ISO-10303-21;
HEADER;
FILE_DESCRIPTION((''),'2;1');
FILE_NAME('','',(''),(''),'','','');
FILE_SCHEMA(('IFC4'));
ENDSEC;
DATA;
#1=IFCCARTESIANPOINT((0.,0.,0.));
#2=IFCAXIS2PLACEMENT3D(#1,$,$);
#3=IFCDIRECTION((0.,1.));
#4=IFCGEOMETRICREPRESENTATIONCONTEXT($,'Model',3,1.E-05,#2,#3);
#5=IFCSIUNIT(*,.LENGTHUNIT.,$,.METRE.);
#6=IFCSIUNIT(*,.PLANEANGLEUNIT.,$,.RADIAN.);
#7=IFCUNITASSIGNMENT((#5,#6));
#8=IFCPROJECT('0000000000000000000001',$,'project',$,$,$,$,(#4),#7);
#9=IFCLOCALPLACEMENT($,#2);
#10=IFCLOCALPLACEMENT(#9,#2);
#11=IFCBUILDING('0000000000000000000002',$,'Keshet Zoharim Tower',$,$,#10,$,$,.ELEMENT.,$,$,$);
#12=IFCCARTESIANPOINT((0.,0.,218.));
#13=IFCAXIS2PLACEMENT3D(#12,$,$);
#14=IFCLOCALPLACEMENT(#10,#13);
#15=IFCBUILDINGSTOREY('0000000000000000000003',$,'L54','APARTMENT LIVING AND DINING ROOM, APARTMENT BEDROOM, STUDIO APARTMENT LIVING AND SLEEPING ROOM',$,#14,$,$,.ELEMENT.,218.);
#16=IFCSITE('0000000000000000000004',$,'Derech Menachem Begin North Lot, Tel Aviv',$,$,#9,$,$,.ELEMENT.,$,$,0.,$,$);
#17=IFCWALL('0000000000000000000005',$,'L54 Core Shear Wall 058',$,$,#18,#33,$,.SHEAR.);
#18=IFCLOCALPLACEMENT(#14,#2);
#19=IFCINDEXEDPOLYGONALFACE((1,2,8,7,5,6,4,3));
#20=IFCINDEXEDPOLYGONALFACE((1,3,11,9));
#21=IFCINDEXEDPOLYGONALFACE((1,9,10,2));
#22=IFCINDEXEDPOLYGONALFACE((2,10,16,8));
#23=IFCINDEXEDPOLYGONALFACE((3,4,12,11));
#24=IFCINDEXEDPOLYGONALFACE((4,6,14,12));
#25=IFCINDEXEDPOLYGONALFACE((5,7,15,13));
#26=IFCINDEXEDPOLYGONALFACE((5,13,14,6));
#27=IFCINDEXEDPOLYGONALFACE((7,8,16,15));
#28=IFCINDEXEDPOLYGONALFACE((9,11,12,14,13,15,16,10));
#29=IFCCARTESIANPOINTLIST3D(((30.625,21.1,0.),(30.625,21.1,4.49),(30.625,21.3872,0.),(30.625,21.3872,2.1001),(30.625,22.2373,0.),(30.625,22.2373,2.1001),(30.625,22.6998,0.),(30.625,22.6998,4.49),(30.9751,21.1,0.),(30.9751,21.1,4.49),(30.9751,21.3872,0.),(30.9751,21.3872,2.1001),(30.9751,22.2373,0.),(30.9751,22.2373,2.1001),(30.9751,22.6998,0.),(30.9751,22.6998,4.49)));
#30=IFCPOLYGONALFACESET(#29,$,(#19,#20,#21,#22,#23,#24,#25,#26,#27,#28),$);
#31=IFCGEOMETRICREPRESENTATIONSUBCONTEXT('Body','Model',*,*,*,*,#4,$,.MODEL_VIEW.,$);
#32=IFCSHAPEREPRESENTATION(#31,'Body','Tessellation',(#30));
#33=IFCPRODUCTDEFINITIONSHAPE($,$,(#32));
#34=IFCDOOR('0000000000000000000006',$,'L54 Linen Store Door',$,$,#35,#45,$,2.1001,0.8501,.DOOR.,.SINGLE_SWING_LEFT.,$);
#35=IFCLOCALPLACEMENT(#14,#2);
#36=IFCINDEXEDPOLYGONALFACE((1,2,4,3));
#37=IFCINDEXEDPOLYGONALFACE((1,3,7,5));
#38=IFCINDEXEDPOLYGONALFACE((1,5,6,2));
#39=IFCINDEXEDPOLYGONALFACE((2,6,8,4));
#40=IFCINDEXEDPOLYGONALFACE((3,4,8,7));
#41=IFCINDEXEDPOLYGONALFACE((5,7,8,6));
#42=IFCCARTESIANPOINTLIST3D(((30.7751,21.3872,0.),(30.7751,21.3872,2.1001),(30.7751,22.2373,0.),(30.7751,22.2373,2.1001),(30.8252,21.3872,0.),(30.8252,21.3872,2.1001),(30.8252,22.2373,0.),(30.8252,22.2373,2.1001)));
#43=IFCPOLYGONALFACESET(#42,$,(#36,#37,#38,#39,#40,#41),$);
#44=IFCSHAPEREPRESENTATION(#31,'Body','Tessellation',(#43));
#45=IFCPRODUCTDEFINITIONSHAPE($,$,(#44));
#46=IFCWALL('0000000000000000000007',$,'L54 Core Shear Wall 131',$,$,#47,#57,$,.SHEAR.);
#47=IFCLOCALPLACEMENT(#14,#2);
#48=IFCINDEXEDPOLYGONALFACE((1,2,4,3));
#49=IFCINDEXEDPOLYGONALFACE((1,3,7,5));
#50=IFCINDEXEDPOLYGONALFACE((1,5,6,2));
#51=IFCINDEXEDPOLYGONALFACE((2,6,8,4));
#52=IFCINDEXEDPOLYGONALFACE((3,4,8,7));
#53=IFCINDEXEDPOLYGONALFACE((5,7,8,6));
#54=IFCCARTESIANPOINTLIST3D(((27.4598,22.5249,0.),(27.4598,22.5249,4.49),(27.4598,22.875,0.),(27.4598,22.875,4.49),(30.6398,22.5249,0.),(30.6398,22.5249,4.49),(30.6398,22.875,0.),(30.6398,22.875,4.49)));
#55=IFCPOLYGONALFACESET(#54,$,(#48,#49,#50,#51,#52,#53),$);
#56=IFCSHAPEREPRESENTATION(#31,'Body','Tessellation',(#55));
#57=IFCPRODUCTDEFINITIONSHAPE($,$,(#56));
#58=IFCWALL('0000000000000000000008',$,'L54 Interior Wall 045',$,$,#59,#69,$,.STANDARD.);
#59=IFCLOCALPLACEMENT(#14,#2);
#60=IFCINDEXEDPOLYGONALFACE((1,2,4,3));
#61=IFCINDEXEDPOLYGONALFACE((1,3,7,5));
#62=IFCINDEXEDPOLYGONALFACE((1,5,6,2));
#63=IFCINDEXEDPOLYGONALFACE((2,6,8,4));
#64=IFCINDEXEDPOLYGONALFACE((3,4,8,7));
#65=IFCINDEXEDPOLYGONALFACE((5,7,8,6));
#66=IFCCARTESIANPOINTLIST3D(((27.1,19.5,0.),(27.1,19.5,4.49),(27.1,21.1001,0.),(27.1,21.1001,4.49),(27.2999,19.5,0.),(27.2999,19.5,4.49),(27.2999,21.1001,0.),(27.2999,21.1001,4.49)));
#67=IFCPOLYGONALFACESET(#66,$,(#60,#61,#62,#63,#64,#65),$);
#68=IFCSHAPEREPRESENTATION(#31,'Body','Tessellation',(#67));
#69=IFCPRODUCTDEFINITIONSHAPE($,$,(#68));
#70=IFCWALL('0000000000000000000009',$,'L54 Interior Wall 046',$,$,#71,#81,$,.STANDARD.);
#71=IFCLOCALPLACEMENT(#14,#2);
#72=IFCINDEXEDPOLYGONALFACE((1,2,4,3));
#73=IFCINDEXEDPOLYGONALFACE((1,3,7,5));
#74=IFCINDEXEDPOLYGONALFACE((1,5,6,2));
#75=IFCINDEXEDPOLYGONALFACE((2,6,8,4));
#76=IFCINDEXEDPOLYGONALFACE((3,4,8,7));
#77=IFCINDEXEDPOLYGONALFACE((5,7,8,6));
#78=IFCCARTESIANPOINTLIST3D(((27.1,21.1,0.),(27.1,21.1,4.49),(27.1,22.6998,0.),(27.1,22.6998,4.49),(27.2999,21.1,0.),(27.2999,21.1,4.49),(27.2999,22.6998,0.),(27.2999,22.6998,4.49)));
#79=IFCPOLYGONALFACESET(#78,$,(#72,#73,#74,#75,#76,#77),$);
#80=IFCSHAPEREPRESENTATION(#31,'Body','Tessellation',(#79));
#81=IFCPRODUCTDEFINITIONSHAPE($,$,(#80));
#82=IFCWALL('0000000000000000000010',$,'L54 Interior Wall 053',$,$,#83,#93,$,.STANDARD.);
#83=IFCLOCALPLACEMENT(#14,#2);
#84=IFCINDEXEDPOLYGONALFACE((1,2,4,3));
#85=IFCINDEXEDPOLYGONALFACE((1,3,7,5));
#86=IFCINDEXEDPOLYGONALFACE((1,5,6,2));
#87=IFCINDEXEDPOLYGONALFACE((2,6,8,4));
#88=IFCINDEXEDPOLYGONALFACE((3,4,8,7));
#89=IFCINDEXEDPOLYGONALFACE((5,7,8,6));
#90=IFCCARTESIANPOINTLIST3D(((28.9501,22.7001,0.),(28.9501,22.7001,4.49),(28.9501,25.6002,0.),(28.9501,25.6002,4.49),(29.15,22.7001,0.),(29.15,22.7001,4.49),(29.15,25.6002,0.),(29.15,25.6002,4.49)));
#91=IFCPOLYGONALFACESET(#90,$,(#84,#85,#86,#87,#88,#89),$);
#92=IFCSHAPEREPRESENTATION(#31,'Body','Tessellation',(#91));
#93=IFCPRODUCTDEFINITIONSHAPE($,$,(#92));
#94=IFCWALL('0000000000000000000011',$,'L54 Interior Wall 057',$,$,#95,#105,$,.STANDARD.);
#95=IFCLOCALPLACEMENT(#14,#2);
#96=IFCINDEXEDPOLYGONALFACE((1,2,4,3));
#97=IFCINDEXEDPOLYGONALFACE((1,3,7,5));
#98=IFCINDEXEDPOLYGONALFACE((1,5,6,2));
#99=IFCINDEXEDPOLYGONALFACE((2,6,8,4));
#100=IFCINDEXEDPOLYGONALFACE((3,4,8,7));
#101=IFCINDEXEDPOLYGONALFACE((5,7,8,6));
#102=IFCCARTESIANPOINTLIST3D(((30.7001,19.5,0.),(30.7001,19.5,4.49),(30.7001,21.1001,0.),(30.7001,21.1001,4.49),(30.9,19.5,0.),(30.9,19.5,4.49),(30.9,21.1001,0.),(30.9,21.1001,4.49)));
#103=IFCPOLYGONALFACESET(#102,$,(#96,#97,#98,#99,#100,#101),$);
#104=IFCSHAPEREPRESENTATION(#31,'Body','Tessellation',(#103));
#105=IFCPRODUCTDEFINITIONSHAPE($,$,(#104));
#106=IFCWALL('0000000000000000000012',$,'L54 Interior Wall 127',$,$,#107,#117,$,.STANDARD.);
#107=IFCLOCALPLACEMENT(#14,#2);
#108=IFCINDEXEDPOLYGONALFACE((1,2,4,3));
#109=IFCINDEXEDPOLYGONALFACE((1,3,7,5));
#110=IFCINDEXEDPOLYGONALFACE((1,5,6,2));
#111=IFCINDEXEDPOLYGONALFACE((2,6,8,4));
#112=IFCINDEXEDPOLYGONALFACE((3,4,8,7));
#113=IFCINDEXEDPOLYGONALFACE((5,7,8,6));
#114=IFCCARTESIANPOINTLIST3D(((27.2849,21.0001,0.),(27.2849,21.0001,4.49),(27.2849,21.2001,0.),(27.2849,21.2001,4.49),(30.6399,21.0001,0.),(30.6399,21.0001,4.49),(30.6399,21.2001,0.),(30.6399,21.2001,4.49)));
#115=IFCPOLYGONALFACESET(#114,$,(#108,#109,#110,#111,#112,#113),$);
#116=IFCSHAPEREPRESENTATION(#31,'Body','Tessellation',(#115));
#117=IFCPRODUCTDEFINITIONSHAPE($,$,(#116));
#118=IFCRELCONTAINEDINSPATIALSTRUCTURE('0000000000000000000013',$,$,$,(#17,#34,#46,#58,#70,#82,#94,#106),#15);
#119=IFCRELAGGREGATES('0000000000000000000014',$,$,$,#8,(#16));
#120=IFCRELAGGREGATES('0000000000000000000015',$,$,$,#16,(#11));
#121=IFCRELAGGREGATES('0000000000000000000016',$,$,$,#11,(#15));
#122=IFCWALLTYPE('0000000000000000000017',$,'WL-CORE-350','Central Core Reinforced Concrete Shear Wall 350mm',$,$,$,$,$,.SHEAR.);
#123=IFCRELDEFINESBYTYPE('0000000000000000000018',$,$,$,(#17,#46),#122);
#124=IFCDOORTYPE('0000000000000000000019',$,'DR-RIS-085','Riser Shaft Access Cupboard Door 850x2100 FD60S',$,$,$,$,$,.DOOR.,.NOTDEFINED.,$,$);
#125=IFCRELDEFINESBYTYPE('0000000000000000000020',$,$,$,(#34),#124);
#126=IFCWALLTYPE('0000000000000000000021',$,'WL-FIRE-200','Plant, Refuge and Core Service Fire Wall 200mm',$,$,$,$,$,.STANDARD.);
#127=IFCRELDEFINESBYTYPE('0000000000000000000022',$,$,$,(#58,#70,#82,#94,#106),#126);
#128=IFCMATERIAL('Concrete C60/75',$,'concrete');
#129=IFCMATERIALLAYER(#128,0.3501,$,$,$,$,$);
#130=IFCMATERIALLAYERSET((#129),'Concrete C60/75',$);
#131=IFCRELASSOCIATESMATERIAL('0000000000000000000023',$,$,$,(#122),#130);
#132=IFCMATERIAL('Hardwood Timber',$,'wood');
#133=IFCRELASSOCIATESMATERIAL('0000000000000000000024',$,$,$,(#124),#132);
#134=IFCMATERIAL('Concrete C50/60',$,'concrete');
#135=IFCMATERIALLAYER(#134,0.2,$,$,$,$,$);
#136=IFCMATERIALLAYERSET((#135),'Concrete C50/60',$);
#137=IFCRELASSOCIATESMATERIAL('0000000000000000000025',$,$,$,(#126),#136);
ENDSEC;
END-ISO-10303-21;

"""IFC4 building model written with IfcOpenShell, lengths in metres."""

from ifc_helpers import new_model, si_unit, direction, frame, frame_2d, origin, place, context, subcontext, project, spatial, rectangle, extrude, material, layer, layer_set, type_object, element, fill, save


model = new_model("IFC4")

# Units and contexts
model_context = context("Model", 3, precision=1e-05, world=origin(), true_north=direction((0.0, 1.0)))
body_context = subcontext(model_context, "Body", "Model", "MODEL_VIEW")
ifc_project = project(units=[si_unit("LENGTHUNIT", "METRE"), si_unit("PLANEANGLEUNIT", "RADIAN")], contexts=[model_context])

# Site, building, storey
site_placement = place(None, origin())
site = spatial("IfcSite", under=ifc_project, at=site_placement, Name="Derech Menachem Begin North Lot, Tel Aviv", CompositionType="ELEMENT", RefElevation=0.0)
building_placement = place(site_placement, origin())
building = spatial("IfcBuilding", under=site, at=building_placement, Name="Keshet Zoharim Tower", CompositionType="ELEMENT")
storey_placement = place(building_placement, frame((0.0, 0.0, 218.0)))
storey = spatial("IfcBuildingStorey", under=building, at=storey_placement, Name="L54", Description="APARTMENT LIVING AND DINING ROOM, APARTMENT BEDROOM, STUDIO APARTMENT LIVING AND SLEEPING ROOM", CompositionType="ELEMENT", Elevation=218.0)

# Shared definitions
ifc_material_1 = material(Name="Concrete C50/60", Category="concrete")

# Shared definitions
ifc_material_2 = material(Name="Concrete C60/75", Category="concrete")
ifc_layer_1 = layer(ifc_material_2, 0.3501)
ifc_layer_set_1 = layer_set([ifc_layer_1], Name="Concrete C60/75")
wall_type_1 = type_object("IfcWallType", Name="WL-CORE-350", Description="Central Core Reinforced Concrete Shear Wall 350mm", PredefinedType="SHEAR", material=ifc_layer_set_1)

# Wall, opening, door
wall_1_placement = place(storey_placement, frame((30.8, 21.1001, 0.0), z_axis=(0.0, 0.0, 1.0), x_axis=(0.0, 1.0, 0.0)))
wall_1 = element("IfcWall", 1, at=wall_1_placement, inside=storey, type_object=wall_type_1, Name="L54 Core Shear Wall 058", PredefinedType="SHEAR", context=body_context, shape_type="SweptSolid", body=[
    extrude(rectangle(XDim=1.5999, YDim=0.3501, at=frame_2d((0.7998, 0.0))), origin(), (0.0, 0.0, 1.0), 4.49),
])
opening_1_placement = place(wall_1_placement, frame((0.2871, 0.0, 0.0)))
opening_1 = element("IfcOpeningElement", 2, at=opening_1_placement, cuts=wall_1, PredefinedType="OPENING", context=body_context, shape_type="SweptSolid", body=[
    extrude(rectangle(XDim=0.8501, YDim=2.1001, at=frame_2d((0.425, 1.05))), frame((0.0, 0.1851, 0.0), z_axis=(0.0, -1.0, 0.0), x_axis=(1.0, 0.0, 0.0)), (0.0, 0.0, 1.0), 0.3701),
])
ifc_material_3 = material(Name="Hardwood Timber", Category="wood")
door_type_1 = type_object("IfcDoorType", Name="DR-RIS-085", Description="Riser Shaft Access Cupboard Door 850x2100 FD60S", OperationType="NOTDEFINED", PredefinedType="DOOR", material=ifc_material_3)
door_1_placement = place(opening_1_placement, origin())
door_1 = element("IfcDoor", 3, at=door_1_placement, inside=storey, type_object=door_type_1, Name="L54 Linen Store Door", OperationType="SINGLE_SWING_LEFT", OverallHeight=2.1001, OverallWidth=0.8501, PredefinedType="DOOR", context=body_context, shape_type="SweptSolid", body=[
    extrude(rectangle(XDim=0.8501, YDim=2.1001, at=frame_2d((0.425, 1.05))), frame((0.0, 0.0249, 0.0), z_axis=(0.0, -1.0, 0.0), x_axis=(1.0, 0.0, 0.0)), (0.0, 0.0, 1.0), 0.05),
])
fill(opening_1, door_1)

# Wall
wall_2_placement = place(storey_placement, frame((27.46, 22.7, 0.0), z_axis=(0.0, 0.0, 1.0), x_axis=(1.0, 0.0, 0.0)))
element("IfcWall", 4, at=wall_2_placement, inside=storey, type_object=wall_type_1, Name="L54 Core Shear Wall 131", PredefinedType="SHEAR", context=body_context, shape_type="SweptSolid", body=[
    extrude(rectangle(XDim=3.1799, YDim=0.3501, at=frame_2d((1.5898, 0.0))), origin(), (0.0, 0.0, 1.0), 4.49),
])

# Walls
ifc_layer_2 = layer(ifc_material_1, 0.2)
ifc_layer_set_2 = layer_set([ifc_layer_2], Name="Concrete C50/60")
wall_type_2 = type_object("IfcWallType", Name="WL-FIRE-200", Description="Plant, Refuge and Core Service Fire Wall 200mm", PredefinedType="STANDARD", material=ifc_layer_set_2)
wall_3_placement = place(storey_placement, frame((27.2, 19.5, 0.0), z_axis=(0.0, 0.0, 1.0), x_axis=(0.0, 1.0, 0.0)))
element("IfcWall", 5, at=wall_3_placement, inside=storey, type_object=wall_type_2, Name="L54 Interior Wall 045", PredefinedType="STANDARD", context=body_context, shape_type="SweptSolid", body=[
    extrude(rectangle(XDim=1.6001, YDim=0.2, at=frame_2d((0.8, 0.0))), origin(), (0.0, 0.0, 1.0), 4.49),
])
wall_4_placement = place(storey_placement, frame((27.2, 21.1001, 0.0), z_axis=(0.0, 0.0, 1.0), x_axis=(0.0, 1.0, 0.0)))
element("IfcWall", 6, at=wall_4_placement, inside=storey, type_object=wall_type_2, Name="L54 Interior Wall 046", PredefinedType="STANDARD", context=body_context, shape_type="SweptSolid", body=[
    extrude(rectangle(XDim=1.5999, YDim=0.2, at=frame_2d((0.7998, 0.0))), origin(), (0.0, 0.0, 1.0), 4.49),
])
wall_5_placement = place(storey_placement, frame((29.05, 22.7, 0.0), z_axis=(0.0, 0.0, 1.0), x_axis=(0.0, 1.0, 0.0)))
element("IfcWall", 7, at=wall_5_placement, inside=storey, type_object=wall_type_2, Name="L54 Interior Wall 053", PredefinedType="STANDARD", context=body_context, shape_type="SweptSolid", body=[
    extrude(rectangle(XDim=2.9001, YDim=0.2, at=frame_2d((1.4502, 0.0))), origin(), (0.0, 0.0, 1.0), 4.49),
])
wall_6_placement = place(storey_placement, frame((30.8, 19.5, 0.0), z_axis=(0.0, 0.0, 1.0), x_axis=(0.0, 1.0, 0.0)))
element("IfcWall", 8, at=wall_6_placement, inside=storey, type_object=wall_type_2, Name="L54 Interior Wall 057", PredefinedType="STANDARD", context=body_context, shape_type="SweptSolid", body=[
    extrude(rectangle(XDim=1.6001, YDim=0.2, at=frame_2d((0.8, 0.0))), origin(), (0.0, 0.0, 1.0), 4.49),
])

# Wall
wall_7_placement = place(storey_placement, frame((27.2849, 21.1001, 0.0), z_axis=(0.0, 0.0, 1.0), x_axis=(1.0, 0.0, 0.0)))
element("IfcWall", 9, at=wall_7_placement, inside=storey, type_object=wall_type_2, Name="L54 Interior Wall 127", PredefinedType="STANDARD", context=body_context, shape_type="SweptSolid", body=[
    extrude(rectangle(XDim=3.355, YDim=0.2, at=frame_2d((1.6775, 0.0))), origin(), (0.0, 0.0, 1.0), 4.49),
])

save(model, "model.ifc")
